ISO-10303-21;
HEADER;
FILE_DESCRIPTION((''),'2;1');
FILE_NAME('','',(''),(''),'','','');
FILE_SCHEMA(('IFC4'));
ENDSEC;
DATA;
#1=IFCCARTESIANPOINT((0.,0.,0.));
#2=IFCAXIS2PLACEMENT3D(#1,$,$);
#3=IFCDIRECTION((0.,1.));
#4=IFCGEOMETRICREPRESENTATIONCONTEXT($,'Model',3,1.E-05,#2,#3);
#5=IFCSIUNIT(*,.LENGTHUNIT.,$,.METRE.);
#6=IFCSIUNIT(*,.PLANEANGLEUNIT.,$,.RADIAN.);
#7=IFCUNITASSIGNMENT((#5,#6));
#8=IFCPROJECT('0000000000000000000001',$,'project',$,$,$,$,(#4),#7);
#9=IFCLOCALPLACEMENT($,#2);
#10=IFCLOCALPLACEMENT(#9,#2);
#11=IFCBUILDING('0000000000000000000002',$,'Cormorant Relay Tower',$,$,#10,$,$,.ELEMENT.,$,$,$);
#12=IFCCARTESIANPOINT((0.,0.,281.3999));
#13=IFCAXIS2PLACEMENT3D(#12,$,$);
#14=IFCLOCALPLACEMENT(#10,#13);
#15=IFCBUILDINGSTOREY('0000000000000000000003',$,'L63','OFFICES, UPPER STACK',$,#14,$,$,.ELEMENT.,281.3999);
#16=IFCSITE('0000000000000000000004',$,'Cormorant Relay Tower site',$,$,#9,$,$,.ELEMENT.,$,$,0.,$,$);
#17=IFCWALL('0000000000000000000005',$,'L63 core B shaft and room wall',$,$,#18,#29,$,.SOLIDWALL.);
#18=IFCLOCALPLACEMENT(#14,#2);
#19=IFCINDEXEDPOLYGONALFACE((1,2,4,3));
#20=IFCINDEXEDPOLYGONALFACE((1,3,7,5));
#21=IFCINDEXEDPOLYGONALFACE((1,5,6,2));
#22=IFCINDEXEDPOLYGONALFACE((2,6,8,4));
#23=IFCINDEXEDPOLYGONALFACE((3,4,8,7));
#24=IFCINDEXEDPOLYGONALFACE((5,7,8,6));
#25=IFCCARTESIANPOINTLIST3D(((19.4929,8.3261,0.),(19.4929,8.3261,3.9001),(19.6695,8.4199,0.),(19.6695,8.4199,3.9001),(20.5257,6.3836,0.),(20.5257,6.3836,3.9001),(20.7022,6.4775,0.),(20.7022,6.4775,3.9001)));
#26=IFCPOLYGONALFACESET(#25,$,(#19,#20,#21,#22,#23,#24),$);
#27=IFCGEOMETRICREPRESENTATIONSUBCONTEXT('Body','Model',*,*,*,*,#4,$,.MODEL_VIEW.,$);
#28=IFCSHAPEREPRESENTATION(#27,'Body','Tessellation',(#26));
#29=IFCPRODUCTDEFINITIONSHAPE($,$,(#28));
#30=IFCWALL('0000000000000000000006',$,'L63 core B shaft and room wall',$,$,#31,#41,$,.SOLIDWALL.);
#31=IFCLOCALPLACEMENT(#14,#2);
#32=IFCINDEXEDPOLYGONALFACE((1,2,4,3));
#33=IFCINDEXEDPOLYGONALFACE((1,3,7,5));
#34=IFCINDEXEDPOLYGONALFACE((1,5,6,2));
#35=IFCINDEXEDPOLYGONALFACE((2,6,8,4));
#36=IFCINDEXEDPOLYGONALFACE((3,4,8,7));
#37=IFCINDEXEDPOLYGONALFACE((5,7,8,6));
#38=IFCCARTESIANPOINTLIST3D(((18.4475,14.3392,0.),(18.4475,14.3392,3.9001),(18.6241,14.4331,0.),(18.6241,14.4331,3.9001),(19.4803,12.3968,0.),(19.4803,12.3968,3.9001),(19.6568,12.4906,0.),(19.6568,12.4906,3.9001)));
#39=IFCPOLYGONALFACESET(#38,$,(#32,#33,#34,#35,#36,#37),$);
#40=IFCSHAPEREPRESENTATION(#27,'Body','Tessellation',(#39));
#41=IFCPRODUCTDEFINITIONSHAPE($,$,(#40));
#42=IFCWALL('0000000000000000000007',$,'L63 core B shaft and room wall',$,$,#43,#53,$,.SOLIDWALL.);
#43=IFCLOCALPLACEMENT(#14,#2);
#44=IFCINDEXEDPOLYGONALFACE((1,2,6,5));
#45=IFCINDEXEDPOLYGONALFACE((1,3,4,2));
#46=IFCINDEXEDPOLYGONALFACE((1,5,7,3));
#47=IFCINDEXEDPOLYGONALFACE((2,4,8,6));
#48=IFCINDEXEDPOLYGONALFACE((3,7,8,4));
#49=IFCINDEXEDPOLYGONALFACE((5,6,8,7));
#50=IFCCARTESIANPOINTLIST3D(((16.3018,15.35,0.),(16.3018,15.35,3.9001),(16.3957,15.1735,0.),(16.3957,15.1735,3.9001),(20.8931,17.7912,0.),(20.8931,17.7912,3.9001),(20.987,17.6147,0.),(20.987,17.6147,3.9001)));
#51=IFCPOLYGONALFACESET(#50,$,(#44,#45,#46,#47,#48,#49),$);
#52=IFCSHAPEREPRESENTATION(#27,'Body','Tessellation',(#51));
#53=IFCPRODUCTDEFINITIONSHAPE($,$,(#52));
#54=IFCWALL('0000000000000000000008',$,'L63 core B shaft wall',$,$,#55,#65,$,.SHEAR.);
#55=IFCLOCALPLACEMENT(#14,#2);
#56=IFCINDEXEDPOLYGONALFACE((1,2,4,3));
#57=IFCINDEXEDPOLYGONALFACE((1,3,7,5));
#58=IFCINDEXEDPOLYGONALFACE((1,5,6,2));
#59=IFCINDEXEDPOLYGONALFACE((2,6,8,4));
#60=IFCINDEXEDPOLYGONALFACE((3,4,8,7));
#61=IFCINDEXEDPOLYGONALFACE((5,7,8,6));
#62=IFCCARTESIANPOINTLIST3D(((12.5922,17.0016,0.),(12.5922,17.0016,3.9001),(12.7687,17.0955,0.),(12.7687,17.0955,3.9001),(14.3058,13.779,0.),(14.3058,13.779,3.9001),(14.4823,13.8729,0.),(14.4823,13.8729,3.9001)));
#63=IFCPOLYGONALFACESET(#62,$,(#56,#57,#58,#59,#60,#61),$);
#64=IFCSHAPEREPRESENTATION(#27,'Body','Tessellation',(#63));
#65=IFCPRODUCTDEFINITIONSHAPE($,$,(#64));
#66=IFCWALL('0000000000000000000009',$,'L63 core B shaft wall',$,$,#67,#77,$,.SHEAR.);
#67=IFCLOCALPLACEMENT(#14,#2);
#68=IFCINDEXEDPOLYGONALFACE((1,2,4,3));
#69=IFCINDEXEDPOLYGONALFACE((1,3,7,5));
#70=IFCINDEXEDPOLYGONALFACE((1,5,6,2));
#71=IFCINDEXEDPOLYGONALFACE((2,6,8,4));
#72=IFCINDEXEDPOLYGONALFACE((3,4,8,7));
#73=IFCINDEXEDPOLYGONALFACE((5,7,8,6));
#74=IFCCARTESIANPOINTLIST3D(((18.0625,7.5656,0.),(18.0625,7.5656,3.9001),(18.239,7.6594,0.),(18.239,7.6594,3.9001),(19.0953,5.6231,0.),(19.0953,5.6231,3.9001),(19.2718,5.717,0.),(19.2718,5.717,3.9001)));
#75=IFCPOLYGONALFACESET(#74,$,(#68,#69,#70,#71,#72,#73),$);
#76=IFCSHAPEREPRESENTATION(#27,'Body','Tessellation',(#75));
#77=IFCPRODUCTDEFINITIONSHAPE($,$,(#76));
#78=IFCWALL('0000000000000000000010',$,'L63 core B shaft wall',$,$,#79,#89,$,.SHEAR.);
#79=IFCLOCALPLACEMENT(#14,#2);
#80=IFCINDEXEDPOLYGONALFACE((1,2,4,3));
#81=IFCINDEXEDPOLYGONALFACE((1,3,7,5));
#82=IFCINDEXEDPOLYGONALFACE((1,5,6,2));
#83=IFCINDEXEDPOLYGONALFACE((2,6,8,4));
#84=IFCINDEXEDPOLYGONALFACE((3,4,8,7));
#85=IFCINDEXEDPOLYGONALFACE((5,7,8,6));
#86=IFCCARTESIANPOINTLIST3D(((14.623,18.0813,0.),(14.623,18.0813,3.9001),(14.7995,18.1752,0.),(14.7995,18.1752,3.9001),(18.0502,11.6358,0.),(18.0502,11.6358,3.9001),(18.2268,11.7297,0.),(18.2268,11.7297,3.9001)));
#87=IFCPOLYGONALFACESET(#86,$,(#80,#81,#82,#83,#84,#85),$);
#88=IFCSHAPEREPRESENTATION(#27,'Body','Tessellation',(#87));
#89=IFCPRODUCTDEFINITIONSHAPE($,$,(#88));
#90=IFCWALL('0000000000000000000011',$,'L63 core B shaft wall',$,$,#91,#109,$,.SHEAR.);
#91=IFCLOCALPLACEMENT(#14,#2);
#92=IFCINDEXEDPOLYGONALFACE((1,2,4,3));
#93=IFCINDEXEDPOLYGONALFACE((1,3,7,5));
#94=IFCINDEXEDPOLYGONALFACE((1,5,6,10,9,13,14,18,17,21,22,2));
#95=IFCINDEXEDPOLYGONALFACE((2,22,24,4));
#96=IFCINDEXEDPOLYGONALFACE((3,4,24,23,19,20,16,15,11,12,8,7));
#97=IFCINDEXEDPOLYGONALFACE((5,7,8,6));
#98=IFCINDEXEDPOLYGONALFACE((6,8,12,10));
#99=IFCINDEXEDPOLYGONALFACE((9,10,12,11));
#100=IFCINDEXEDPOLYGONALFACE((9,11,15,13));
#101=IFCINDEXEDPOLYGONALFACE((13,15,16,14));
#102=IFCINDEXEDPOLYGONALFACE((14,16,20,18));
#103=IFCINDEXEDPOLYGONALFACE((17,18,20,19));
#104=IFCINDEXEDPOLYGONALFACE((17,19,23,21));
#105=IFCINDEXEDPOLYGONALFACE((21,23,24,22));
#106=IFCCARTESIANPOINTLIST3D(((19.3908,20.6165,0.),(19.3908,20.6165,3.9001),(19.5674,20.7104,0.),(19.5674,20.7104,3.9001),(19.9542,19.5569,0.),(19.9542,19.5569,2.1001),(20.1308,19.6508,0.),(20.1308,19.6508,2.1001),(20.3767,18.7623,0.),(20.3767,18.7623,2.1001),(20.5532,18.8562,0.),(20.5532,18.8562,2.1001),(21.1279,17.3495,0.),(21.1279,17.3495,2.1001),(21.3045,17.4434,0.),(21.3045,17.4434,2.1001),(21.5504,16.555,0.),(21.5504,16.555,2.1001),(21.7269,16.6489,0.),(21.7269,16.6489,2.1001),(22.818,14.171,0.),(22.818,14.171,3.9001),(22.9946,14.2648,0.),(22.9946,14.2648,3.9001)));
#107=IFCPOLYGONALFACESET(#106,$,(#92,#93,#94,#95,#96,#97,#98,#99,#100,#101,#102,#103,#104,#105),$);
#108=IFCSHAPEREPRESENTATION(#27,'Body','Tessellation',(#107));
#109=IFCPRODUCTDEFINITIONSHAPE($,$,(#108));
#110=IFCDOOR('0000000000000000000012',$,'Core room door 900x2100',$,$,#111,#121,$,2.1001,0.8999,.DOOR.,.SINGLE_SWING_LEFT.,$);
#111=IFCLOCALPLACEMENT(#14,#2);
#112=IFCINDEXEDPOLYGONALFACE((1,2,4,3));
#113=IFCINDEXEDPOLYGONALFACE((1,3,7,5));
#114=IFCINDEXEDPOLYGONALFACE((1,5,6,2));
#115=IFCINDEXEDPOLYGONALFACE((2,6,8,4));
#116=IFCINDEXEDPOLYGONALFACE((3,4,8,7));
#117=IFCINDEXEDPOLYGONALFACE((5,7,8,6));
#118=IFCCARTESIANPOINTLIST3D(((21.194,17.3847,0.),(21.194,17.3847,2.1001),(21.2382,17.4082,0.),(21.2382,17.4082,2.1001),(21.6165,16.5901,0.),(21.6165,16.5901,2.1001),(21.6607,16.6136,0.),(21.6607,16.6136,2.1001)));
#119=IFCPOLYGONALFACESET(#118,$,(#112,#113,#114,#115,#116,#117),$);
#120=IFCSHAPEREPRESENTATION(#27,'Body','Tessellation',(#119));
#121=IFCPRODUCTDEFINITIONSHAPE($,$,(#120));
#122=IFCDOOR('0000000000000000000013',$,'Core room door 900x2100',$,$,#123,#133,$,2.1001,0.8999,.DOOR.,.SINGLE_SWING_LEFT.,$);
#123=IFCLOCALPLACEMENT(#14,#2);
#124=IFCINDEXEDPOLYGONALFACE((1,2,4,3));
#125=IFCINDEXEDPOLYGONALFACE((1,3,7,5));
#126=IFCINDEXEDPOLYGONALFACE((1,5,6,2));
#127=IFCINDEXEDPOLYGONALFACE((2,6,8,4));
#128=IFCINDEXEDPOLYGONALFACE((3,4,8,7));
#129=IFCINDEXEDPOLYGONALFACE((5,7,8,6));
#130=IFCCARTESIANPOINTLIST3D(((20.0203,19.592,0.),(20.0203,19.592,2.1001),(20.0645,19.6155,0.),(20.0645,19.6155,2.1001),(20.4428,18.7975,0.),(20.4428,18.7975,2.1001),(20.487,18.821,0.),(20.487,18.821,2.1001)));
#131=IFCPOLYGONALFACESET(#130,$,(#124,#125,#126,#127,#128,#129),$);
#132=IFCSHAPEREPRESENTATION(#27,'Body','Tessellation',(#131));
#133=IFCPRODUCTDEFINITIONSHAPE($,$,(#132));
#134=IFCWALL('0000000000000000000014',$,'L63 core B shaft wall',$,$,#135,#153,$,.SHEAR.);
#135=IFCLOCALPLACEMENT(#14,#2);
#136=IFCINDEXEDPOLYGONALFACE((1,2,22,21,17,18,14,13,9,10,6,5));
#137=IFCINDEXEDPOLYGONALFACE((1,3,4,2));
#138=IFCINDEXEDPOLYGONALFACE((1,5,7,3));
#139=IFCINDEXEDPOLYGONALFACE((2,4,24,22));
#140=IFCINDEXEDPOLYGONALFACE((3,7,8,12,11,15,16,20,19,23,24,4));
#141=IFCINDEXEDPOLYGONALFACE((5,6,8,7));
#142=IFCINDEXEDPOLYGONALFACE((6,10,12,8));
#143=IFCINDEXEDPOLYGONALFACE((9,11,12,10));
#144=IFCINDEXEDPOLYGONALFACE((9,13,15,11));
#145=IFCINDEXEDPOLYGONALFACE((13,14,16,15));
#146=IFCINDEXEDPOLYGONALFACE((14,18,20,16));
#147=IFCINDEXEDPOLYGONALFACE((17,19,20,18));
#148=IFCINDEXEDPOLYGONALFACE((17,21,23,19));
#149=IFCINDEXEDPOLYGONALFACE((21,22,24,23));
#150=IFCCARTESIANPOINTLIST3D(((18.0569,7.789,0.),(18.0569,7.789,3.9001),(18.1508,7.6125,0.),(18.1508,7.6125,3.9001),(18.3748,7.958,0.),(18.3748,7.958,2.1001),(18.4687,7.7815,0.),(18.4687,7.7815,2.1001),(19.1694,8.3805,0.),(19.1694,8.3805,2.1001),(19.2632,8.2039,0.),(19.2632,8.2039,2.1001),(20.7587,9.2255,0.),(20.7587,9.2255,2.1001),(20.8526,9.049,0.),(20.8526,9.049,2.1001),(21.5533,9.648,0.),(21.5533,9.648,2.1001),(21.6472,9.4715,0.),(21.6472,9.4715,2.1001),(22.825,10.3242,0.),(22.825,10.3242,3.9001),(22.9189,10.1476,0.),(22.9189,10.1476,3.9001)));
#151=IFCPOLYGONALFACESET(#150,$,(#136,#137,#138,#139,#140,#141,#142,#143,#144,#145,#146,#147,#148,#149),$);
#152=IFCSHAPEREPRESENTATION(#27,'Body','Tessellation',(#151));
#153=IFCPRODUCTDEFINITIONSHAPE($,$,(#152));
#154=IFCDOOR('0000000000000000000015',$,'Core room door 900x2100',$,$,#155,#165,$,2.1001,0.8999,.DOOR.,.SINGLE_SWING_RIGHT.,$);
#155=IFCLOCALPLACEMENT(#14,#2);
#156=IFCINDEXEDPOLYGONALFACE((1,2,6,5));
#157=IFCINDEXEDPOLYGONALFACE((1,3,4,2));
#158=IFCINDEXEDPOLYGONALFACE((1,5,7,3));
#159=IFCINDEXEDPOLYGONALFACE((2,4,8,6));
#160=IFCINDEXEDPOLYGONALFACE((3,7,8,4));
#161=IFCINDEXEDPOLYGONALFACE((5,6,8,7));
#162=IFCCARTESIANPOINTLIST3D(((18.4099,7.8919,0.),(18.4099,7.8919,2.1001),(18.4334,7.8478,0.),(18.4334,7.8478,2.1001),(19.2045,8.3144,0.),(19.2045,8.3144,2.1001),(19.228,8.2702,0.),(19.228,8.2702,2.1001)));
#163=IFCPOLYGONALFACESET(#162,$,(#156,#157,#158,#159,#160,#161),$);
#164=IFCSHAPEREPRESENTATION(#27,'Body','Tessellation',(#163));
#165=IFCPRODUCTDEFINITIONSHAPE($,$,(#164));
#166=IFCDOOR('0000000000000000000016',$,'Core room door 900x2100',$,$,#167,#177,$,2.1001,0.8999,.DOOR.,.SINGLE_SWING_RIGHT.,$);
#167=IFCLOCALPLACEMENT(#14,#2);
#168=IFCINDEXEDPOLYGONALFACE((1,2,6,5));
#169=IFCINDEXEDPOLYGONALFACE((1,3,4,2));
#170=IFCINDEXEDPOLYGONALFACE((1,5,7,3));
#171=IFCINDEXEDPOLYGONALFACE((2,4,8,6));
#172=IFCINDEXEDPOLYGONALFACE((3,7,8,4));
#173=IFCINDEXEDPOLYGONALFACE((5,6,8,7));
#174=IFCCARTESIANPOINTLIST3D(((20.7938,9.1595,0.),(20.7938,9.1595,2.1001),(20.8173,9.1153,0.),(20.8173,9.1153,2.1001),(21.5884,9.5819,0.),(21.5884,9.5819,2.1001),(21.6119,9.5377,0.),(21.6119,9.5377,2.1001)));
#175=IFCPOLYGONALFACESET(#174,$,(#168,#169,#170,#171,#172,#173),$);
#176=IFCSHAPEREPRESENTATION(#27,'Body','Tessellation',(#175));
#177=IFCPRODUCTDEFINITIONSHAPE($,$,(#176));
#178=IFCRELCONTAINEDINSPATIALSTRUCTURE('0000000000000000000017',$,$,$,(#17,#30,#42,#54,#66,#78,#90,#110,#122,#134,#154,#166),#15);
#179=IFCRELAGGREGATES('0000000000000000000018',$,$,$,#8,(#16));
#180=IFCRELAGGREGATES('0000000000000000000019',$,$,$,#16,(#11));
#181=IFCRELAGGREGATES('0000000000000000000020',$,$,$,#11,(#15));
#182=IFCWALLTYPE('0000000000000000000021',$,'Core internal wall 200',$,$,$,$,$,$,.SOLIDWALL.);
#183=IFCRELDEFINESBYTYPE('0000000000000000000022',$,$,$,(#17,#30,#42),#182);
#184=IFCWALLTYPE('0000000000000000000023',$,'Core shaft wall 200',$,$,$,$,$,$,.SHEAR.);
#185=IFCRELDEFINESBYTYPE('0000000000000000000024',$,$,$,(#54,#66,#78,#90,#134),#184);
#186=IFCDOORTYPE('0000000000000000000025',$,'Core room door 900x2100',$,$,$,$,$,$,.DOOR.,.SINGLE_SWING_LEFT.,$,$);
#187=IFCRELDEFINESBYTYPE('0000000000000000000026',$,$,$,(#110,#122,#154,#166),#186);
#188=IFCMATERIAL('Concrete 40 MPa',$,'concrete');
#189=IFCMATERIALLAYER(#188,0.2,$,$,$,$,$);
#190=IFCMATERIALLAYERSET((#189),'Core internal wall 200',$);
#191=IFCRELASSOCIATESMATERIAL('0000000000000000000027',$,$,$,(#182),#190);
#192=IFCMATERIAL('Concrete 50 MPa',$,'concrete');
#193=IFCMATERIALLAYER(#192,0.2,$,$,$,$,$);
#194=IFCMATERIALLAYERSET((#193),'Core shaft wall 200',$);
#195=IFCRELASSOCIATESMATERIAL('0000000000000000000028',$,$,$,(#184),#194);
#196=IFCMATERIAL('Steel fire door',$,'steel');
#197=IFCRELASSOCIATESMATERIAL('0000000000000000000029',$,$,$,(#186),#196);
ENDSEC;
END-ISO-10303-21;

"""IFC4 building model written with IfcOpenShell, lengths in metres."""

from ifc_helpers import new_model, si_unit, direction, frame, frame_2d, origin, place, context, subcontext, project, spatial, rectangle, extrude, material, layer, layer_set, type_object, element, fill, save


model = new_model("IFC4")

# Units and contexts
model_context = context("Model", 3, precision=1e-05, world=origin(), true_north=direction((0.0, 1.0)))
body_context = subcontext(model_context, "Body", "Model", "MODEL_VIEW")
ifc_project = project(units=[si_unit("LENGTHUNIT", "METRE"), si_unit("PLANEANGLEUNIT", "RADIAN")], contexts=[model_context])

# Site, building, storey
site_placement = place(None, origin())
site = spatial("IfcSite", under=ifc_project, at=site_placement, Name="Cormorant Relay Tower site", CompositionType="ELEMENT", RefElevation=0.0)
building_placement = place(site_placement, origin())
building = spatial("IfcBuilding", under=site, at=building_placement, Name="Cormorant Relay Tower", CompositionType="ELEMENT")
storey_placement = place(building_placement, frame((0.0, 0.0, 281.3999)))
storey = spatial("IfcBuildingStorey", under=building, at=storey_placement, Name="L63", Description="OFFICES, UPPER STACK", CompositionType="ELEMENT", Elevation=281.3999)

# Walls
ifc_material_1 = material(Name="Concrete 40 MPa", Category="concrete")
ifc_layer_1 = layer(ifc_material_1, 0.2)
ifc_layer_set_1 = layer_set([ifc_layer_1], Name="Core internal wall 200")
wall_type_1 = type_object("IfcWallType", Name="Core internal wall 200", PredefinedType="SOLIDWALL", material=ifc_layer_set_1)
for number, where, z_axis, x_axis, name in (
    (1, (20.614, 6.4304, 0.0), (0.0, 0.0, 1.0), (-0.469447, 0.88296, 0.0), "L63 core B shaft and room wall"),
    (2, (19.5686, 12.4436, 0.0), (0.0, 0.0, 1.0), (-0.469447, 0.88296, 0.0), "L63 core B shaft and room wall"),
):
    element("IfcWall", number, at=place(storey_placement, frame(where, z_axis=z_axis, x_axis=x_axis)), inside=storey, type_object=wall_type_1, Name=name, PredefinedType="SOLIDWALL", context=body_context, shape_type="SweptSolid", body=[
        extrude(rectangle(XDim=2.2, YDim=0.2, at=frame_2d((1.1001, 0.0))), origin(), (0.0, 0.0, 1.0), 3.9001),
    ])
wall_1_placement = place(storey_placement, frame((16.3486, 15.2617, 0.0), z_axis=(0.0, 0.0, 1.0), x_axis=(0.882954, 0.46946, 0.0)))
element("IfcWall", 3, at=wall_1_placement, inside=storey, type_object=wall_type_1, Name="L63 core B shaft and room wall", PredefinedType="SOLIDWALL", context=body_context, shape_type="SweptSolid", body=[
    extrude(rectangle(XDim=5.2, YDim=0.2, at=frame_2d((2.6001, 0.0))), origin(), (0.0, 0.0, 1.0), 3.9001),
])
ifc_material_2 = material(Name="Concrete 50 MPa", Category="concrete")
ifc_layer_2 = layer(ifc_material_2, 0.2)
ifc_layer_set_2 = layer_set([ifc_layer_2], Name="Core shaft wall 200")
wall_type_2 = type_object("IfcWallType", Name="Core shaft wall 200", PredefinedType="SHEAR", material=ifc_layer_set_2)
wall_2_placement = place(storey_placement, frame((14.394, 13.8259, 0.0), z_axis=(0.0, 0.0, 1.0), x_axis=(-0.469494, 0.882936, 0.0)))
element("IfcWall", 4, at=wall_2_placement, inside=storey, type_object=wall_type_2, Name="L63 core B shaft wall", PredefinedType="SHEAR", context=body_context, shape_type="SweptSolid", body=[
    extrude(rectangle(XDim=3.6499, YDim=0.2, at=frame_2d((1.825, 0.0))), origin(), (0.0, 0.0, 1.0), 3.9001),
])
wall_3_placement = place(storey_placement, frame((19.1836, 5.6699, 0.0), z_axis=(0.0, 0.0, 1.0), x_axis=(-0.469447, 0.88296, 0.0)))
element("IfcWall", 5, at=wall_3_placement, inside=storey, type_object=wall_type_2, Name="L63 core B shaft wall", PredefinedType="SHEAR", context=body_context, shape_type="SweptSolid", body=[
    extrude(rectangle(XDim=2.2, YDim=0.2, at=frame_2d((1.1001, 0.0))), origin(), (0.0, 0.0, 1.0), 3.9001),
])
wall_4_placement = place(storey_placement, frame((18.1384, 11.6829, 0.0), z_axis=(0.0, 0.0, 1.0), x_axis=(-0.46948, 0.882943, 0.0)))
element("IfcWall", 6, at=wall_4_placement, inside=storey, type_object=wall_type_2, Name="L63 core B shaft wall", PredefinedType="SHEAR", context=body_context, shape_type="SweptSolid", body=[
    extrude(rectangle(XDim=7.3, YDim=0.2, at=frame_2d((3.6499, 0.0))), origin(), (0.0, 0.0, 1.0), 3.9001),
])

# Walls, openings, doors
wall_5_placement = place(storey_placement, frame((22.9062, 14.218, 0.0), z_axis=(0.0, 0.0, 1.0), x_axis=(-0.46948, 0.882943, 0.0)))
wall_5 = element("IfcWall", 7, at=wall_5_placement, inside=storey, type_object=wall_type_2, Name="L63 core B shaft wall", PredefinedType="SHEAR", context=body_context, shape_type="SweptSolid", body=[
    extrude(rectangle(XDim=7.3, YDim=0.2, at=frame_2d((3.6499, 0.0))), origin(), (0.0, 0.0, 1.0), 3.9001),
])
opening_1_placement = place(wall_5_placement, frame((2.7, 0.0, 0.0)))
opening_1 = element("IfcOpeningElement", 8, at=opening_1_placement, cuts=wall_5, PredefinedType="OPENING", context=body_context, shape_type="SweptSolid", body=[
    extrude(rectangle(XDim=0.8999, YDim=2.1001, at=frame_2d((0.45, 1.05))), frame((0.0, 0.1099, 0.0), z_axis=(0.0, -1.0, 0.0), x_axis=(1.0, 0.0, 0.0)), (0.0, 0.0, 1.0), 0.22),
])
opening_2_placement = place(wall_5_placement, frame((5.2, 0.0, 0.0)))
opening_2 = element("IfcOpeningElement", 9, at=opening_2_placement, cuts=wall_5, PredefinedType="OPENING", context=body_context, shape_type="SweptSolid", body=[
    extrude(rectangle(XDim=0.8999, YDim=2.1001, at=frame_2d((0.45, 1.05))), frame((0.0, 0.1099, 0.0), z_axis=(0.0, -1.0, 0.0), x_axis=(1.0, 0.0, 0.0)), (0.0, 0.0, 1.0), 0.22),
])
ifc_material_3 = material(Name="Steel fire door", Category="steel")
door_type_1 = type_object("IfcDoorType", Name="Core room door 900x2100", OperationType="SINGLE_SWING_LEFT", PredefinedType="DOOR", material=ifc_material_3)
door_1_placement = place(opening_1_placement, frame((0.8999, 0.0, 0.0), z_axis=(0.0, 0.0, 1.0), x_axis=(-1.0, 0.0, 0.0)))
door_1 = element("IfcDoor", 10, at=door_1_placement, inside=storey, type_object=door_type_1, Name="Core room door 900x2100", OperationType="SINGLE_SWING_LEFT", OverallHeight=2.1001, OverallWidth=0.8999, PredefinedType="DOOR", context=body_context, shape_type="SweptSolid", body=[
    extrude(rectangle(XDim=0.8999, YDim=2.1001, at=frame_2d((0.45, 1.05))), frame((0.0, 0.0249, 0.0), z_axis=(0.0, -1.0, 0.0), x_axis=(1.0, 0.0, 0.0)), (0.0, 0.0, 1.0), 0.05),
])
fill(opening_1, door_1)
door_2_placement = place(opening_2_placement, frame((0.8999, 0.0, 0.0), z_axis=(0.0, 0.0, 1.0), x_axis=(-1.0, 0.0, 0.0)))
door_2 = element("IfcDoor", 11, at=door_2_placement, inside=storey, type_object=door_type_1, Name="Core room door 900x2100", OperationType="SINGLE_SWING_LEFT", OverallHeight=2.1001, OverallWidth=0.8999, PredefinedType="DOOR", context=body_context, shape_type="SweptSolid", body=[
    extrude(rectangle(XDim=0.8999, YDim=2.1001, at=frame_2d((0.45, 1.05))), frame((0.0, 0.0249, 0.0), z_axis=(0.0, -1.0, 0.0), x_axis=(1.0, 0.0, 0.0)), (0.0, 0.0, 1.0), 0.05),
])
fill(opening_2, door_2)
wall_6_placement = place(storey_placement, frame((18.1038, 7.7007, 0.0), z_axis=(0.0, 0.0, 1.0), x_axis=(0.882953, 0.469462, 0.0)))
wall_6 = element("IfcWall", 12, at=wall_6_placement, inside=storey, type_object=wall_type_2, Name="L63 core B shaft wall", PredefinedType="SHEAR", context=body_context, shape_type="SweptSolid", body=[
    extrude(rectangle(XDim=5.4001, YDim=0.2, at=frame_2d((2.7002, 0.0))), origin(), (0.0, 0.0, 1.0), 3.9001),
])
opening_3_placement = place(wall_6_placement, frame((0.3601, 0.0, 0.0)))
opening_3 = element("IfcOpeningElement", 13, at=opening_3_placement, cuts=wall_6, PredefinedType="OPENING", context=body_context, shape_type="SweptSolid", body=[
    extrude(rectangle(XDim=0.8999, YDim=2.1001, at=frame_2d((0.45, 1.05))), frame((0.0, 0.1099, 0.0), z_axis=(0.0, -1.0, 0.0), x_axis=(1.0, 0.0, 0.0)), (0.0, 0.0, 1.0), 0.22),
])
opening_4_placement = place(wall_6_placement, frame((3.0601, 0.0, 0.0)))
opening_4 = element("IfcOpeningElement", 14, at=opening_4_placement, cuts=wall_6, PredefinedType="OPENING", context=body_context, shape_type="SweptSolid", body=[
    extrude(rectangle(XDim=0.8999, YDim=2.1001, at=frame_2d((0.45, 1.05))), frame((0.0, 0.1099, 0.0), z_axis=(0.0, -1.0, 0.0), x_axis=(1.0, 0.0, 0.0)), (0.0, 0.0, 1.0), 0.22),
])
door_3_placement = place(opening_3_placement, frame((0.8999, 0.0, 0.0), z_axis=(0.0, 0.0, 1.0), x_axis=(-1.0, 0.0, 0.0)))
door_3 = element("IfcDoor", 15, at=door_3_placement, inside=storey, type_object=door_type_1, Name="Core room door 900x2100", OperationType="SINGLE_SWING_RIGHT", OverallHeight=2.1001, OverallWidth=0.8999, PredefinedType="DOOR", context=body_context, shape_type="SweptSolid", body=[
    extrude(rectangle(XDim=0.8999, YDim=2.1001, at=frame_2d((0.45, 1.05))), frame((0.0, 0.0249, 0.0), z_axis=(0.0, -1.0, 0.0), x_axis=(1.0, 0.0, 0.0)), (0.0, 0.0, 1.0), 0.05),
])
fill(opening_3, door_3)
door_4_placement = place(opening_4_placement, frame((0.8999, 0.0, 0.0), z_axis=(0.0, 0.0, 1.0), x_axis=(-1.0, 0.0, 0.0)))
door_4 = element("IfcDoor", 16, at=door_4_placement, inside=storey, type_object=door_type_1, Name="Core room door 900x2100", OperationType="SINGLE_SWING_RIGHT", OverallHeight=2.1001, OverallWidth=0.8999, PredefinedType="DOOR", context=body_context, shape_type="SweptSolid", body=[
    extrude(rectangle(XDim=0.8999, YDim=2.1001, at=frame_2d((0.45, 1.05))), frame((0.0, 0.0249, 0.0), z_axis=(0.0, -1.0, 0.0), x_axis=(1.0, 0.0, 0.0)), (0.0, 0.0, 1.0), 0.05),
])
fill(opening_4, door_4)

save(model, "model.ifc")
